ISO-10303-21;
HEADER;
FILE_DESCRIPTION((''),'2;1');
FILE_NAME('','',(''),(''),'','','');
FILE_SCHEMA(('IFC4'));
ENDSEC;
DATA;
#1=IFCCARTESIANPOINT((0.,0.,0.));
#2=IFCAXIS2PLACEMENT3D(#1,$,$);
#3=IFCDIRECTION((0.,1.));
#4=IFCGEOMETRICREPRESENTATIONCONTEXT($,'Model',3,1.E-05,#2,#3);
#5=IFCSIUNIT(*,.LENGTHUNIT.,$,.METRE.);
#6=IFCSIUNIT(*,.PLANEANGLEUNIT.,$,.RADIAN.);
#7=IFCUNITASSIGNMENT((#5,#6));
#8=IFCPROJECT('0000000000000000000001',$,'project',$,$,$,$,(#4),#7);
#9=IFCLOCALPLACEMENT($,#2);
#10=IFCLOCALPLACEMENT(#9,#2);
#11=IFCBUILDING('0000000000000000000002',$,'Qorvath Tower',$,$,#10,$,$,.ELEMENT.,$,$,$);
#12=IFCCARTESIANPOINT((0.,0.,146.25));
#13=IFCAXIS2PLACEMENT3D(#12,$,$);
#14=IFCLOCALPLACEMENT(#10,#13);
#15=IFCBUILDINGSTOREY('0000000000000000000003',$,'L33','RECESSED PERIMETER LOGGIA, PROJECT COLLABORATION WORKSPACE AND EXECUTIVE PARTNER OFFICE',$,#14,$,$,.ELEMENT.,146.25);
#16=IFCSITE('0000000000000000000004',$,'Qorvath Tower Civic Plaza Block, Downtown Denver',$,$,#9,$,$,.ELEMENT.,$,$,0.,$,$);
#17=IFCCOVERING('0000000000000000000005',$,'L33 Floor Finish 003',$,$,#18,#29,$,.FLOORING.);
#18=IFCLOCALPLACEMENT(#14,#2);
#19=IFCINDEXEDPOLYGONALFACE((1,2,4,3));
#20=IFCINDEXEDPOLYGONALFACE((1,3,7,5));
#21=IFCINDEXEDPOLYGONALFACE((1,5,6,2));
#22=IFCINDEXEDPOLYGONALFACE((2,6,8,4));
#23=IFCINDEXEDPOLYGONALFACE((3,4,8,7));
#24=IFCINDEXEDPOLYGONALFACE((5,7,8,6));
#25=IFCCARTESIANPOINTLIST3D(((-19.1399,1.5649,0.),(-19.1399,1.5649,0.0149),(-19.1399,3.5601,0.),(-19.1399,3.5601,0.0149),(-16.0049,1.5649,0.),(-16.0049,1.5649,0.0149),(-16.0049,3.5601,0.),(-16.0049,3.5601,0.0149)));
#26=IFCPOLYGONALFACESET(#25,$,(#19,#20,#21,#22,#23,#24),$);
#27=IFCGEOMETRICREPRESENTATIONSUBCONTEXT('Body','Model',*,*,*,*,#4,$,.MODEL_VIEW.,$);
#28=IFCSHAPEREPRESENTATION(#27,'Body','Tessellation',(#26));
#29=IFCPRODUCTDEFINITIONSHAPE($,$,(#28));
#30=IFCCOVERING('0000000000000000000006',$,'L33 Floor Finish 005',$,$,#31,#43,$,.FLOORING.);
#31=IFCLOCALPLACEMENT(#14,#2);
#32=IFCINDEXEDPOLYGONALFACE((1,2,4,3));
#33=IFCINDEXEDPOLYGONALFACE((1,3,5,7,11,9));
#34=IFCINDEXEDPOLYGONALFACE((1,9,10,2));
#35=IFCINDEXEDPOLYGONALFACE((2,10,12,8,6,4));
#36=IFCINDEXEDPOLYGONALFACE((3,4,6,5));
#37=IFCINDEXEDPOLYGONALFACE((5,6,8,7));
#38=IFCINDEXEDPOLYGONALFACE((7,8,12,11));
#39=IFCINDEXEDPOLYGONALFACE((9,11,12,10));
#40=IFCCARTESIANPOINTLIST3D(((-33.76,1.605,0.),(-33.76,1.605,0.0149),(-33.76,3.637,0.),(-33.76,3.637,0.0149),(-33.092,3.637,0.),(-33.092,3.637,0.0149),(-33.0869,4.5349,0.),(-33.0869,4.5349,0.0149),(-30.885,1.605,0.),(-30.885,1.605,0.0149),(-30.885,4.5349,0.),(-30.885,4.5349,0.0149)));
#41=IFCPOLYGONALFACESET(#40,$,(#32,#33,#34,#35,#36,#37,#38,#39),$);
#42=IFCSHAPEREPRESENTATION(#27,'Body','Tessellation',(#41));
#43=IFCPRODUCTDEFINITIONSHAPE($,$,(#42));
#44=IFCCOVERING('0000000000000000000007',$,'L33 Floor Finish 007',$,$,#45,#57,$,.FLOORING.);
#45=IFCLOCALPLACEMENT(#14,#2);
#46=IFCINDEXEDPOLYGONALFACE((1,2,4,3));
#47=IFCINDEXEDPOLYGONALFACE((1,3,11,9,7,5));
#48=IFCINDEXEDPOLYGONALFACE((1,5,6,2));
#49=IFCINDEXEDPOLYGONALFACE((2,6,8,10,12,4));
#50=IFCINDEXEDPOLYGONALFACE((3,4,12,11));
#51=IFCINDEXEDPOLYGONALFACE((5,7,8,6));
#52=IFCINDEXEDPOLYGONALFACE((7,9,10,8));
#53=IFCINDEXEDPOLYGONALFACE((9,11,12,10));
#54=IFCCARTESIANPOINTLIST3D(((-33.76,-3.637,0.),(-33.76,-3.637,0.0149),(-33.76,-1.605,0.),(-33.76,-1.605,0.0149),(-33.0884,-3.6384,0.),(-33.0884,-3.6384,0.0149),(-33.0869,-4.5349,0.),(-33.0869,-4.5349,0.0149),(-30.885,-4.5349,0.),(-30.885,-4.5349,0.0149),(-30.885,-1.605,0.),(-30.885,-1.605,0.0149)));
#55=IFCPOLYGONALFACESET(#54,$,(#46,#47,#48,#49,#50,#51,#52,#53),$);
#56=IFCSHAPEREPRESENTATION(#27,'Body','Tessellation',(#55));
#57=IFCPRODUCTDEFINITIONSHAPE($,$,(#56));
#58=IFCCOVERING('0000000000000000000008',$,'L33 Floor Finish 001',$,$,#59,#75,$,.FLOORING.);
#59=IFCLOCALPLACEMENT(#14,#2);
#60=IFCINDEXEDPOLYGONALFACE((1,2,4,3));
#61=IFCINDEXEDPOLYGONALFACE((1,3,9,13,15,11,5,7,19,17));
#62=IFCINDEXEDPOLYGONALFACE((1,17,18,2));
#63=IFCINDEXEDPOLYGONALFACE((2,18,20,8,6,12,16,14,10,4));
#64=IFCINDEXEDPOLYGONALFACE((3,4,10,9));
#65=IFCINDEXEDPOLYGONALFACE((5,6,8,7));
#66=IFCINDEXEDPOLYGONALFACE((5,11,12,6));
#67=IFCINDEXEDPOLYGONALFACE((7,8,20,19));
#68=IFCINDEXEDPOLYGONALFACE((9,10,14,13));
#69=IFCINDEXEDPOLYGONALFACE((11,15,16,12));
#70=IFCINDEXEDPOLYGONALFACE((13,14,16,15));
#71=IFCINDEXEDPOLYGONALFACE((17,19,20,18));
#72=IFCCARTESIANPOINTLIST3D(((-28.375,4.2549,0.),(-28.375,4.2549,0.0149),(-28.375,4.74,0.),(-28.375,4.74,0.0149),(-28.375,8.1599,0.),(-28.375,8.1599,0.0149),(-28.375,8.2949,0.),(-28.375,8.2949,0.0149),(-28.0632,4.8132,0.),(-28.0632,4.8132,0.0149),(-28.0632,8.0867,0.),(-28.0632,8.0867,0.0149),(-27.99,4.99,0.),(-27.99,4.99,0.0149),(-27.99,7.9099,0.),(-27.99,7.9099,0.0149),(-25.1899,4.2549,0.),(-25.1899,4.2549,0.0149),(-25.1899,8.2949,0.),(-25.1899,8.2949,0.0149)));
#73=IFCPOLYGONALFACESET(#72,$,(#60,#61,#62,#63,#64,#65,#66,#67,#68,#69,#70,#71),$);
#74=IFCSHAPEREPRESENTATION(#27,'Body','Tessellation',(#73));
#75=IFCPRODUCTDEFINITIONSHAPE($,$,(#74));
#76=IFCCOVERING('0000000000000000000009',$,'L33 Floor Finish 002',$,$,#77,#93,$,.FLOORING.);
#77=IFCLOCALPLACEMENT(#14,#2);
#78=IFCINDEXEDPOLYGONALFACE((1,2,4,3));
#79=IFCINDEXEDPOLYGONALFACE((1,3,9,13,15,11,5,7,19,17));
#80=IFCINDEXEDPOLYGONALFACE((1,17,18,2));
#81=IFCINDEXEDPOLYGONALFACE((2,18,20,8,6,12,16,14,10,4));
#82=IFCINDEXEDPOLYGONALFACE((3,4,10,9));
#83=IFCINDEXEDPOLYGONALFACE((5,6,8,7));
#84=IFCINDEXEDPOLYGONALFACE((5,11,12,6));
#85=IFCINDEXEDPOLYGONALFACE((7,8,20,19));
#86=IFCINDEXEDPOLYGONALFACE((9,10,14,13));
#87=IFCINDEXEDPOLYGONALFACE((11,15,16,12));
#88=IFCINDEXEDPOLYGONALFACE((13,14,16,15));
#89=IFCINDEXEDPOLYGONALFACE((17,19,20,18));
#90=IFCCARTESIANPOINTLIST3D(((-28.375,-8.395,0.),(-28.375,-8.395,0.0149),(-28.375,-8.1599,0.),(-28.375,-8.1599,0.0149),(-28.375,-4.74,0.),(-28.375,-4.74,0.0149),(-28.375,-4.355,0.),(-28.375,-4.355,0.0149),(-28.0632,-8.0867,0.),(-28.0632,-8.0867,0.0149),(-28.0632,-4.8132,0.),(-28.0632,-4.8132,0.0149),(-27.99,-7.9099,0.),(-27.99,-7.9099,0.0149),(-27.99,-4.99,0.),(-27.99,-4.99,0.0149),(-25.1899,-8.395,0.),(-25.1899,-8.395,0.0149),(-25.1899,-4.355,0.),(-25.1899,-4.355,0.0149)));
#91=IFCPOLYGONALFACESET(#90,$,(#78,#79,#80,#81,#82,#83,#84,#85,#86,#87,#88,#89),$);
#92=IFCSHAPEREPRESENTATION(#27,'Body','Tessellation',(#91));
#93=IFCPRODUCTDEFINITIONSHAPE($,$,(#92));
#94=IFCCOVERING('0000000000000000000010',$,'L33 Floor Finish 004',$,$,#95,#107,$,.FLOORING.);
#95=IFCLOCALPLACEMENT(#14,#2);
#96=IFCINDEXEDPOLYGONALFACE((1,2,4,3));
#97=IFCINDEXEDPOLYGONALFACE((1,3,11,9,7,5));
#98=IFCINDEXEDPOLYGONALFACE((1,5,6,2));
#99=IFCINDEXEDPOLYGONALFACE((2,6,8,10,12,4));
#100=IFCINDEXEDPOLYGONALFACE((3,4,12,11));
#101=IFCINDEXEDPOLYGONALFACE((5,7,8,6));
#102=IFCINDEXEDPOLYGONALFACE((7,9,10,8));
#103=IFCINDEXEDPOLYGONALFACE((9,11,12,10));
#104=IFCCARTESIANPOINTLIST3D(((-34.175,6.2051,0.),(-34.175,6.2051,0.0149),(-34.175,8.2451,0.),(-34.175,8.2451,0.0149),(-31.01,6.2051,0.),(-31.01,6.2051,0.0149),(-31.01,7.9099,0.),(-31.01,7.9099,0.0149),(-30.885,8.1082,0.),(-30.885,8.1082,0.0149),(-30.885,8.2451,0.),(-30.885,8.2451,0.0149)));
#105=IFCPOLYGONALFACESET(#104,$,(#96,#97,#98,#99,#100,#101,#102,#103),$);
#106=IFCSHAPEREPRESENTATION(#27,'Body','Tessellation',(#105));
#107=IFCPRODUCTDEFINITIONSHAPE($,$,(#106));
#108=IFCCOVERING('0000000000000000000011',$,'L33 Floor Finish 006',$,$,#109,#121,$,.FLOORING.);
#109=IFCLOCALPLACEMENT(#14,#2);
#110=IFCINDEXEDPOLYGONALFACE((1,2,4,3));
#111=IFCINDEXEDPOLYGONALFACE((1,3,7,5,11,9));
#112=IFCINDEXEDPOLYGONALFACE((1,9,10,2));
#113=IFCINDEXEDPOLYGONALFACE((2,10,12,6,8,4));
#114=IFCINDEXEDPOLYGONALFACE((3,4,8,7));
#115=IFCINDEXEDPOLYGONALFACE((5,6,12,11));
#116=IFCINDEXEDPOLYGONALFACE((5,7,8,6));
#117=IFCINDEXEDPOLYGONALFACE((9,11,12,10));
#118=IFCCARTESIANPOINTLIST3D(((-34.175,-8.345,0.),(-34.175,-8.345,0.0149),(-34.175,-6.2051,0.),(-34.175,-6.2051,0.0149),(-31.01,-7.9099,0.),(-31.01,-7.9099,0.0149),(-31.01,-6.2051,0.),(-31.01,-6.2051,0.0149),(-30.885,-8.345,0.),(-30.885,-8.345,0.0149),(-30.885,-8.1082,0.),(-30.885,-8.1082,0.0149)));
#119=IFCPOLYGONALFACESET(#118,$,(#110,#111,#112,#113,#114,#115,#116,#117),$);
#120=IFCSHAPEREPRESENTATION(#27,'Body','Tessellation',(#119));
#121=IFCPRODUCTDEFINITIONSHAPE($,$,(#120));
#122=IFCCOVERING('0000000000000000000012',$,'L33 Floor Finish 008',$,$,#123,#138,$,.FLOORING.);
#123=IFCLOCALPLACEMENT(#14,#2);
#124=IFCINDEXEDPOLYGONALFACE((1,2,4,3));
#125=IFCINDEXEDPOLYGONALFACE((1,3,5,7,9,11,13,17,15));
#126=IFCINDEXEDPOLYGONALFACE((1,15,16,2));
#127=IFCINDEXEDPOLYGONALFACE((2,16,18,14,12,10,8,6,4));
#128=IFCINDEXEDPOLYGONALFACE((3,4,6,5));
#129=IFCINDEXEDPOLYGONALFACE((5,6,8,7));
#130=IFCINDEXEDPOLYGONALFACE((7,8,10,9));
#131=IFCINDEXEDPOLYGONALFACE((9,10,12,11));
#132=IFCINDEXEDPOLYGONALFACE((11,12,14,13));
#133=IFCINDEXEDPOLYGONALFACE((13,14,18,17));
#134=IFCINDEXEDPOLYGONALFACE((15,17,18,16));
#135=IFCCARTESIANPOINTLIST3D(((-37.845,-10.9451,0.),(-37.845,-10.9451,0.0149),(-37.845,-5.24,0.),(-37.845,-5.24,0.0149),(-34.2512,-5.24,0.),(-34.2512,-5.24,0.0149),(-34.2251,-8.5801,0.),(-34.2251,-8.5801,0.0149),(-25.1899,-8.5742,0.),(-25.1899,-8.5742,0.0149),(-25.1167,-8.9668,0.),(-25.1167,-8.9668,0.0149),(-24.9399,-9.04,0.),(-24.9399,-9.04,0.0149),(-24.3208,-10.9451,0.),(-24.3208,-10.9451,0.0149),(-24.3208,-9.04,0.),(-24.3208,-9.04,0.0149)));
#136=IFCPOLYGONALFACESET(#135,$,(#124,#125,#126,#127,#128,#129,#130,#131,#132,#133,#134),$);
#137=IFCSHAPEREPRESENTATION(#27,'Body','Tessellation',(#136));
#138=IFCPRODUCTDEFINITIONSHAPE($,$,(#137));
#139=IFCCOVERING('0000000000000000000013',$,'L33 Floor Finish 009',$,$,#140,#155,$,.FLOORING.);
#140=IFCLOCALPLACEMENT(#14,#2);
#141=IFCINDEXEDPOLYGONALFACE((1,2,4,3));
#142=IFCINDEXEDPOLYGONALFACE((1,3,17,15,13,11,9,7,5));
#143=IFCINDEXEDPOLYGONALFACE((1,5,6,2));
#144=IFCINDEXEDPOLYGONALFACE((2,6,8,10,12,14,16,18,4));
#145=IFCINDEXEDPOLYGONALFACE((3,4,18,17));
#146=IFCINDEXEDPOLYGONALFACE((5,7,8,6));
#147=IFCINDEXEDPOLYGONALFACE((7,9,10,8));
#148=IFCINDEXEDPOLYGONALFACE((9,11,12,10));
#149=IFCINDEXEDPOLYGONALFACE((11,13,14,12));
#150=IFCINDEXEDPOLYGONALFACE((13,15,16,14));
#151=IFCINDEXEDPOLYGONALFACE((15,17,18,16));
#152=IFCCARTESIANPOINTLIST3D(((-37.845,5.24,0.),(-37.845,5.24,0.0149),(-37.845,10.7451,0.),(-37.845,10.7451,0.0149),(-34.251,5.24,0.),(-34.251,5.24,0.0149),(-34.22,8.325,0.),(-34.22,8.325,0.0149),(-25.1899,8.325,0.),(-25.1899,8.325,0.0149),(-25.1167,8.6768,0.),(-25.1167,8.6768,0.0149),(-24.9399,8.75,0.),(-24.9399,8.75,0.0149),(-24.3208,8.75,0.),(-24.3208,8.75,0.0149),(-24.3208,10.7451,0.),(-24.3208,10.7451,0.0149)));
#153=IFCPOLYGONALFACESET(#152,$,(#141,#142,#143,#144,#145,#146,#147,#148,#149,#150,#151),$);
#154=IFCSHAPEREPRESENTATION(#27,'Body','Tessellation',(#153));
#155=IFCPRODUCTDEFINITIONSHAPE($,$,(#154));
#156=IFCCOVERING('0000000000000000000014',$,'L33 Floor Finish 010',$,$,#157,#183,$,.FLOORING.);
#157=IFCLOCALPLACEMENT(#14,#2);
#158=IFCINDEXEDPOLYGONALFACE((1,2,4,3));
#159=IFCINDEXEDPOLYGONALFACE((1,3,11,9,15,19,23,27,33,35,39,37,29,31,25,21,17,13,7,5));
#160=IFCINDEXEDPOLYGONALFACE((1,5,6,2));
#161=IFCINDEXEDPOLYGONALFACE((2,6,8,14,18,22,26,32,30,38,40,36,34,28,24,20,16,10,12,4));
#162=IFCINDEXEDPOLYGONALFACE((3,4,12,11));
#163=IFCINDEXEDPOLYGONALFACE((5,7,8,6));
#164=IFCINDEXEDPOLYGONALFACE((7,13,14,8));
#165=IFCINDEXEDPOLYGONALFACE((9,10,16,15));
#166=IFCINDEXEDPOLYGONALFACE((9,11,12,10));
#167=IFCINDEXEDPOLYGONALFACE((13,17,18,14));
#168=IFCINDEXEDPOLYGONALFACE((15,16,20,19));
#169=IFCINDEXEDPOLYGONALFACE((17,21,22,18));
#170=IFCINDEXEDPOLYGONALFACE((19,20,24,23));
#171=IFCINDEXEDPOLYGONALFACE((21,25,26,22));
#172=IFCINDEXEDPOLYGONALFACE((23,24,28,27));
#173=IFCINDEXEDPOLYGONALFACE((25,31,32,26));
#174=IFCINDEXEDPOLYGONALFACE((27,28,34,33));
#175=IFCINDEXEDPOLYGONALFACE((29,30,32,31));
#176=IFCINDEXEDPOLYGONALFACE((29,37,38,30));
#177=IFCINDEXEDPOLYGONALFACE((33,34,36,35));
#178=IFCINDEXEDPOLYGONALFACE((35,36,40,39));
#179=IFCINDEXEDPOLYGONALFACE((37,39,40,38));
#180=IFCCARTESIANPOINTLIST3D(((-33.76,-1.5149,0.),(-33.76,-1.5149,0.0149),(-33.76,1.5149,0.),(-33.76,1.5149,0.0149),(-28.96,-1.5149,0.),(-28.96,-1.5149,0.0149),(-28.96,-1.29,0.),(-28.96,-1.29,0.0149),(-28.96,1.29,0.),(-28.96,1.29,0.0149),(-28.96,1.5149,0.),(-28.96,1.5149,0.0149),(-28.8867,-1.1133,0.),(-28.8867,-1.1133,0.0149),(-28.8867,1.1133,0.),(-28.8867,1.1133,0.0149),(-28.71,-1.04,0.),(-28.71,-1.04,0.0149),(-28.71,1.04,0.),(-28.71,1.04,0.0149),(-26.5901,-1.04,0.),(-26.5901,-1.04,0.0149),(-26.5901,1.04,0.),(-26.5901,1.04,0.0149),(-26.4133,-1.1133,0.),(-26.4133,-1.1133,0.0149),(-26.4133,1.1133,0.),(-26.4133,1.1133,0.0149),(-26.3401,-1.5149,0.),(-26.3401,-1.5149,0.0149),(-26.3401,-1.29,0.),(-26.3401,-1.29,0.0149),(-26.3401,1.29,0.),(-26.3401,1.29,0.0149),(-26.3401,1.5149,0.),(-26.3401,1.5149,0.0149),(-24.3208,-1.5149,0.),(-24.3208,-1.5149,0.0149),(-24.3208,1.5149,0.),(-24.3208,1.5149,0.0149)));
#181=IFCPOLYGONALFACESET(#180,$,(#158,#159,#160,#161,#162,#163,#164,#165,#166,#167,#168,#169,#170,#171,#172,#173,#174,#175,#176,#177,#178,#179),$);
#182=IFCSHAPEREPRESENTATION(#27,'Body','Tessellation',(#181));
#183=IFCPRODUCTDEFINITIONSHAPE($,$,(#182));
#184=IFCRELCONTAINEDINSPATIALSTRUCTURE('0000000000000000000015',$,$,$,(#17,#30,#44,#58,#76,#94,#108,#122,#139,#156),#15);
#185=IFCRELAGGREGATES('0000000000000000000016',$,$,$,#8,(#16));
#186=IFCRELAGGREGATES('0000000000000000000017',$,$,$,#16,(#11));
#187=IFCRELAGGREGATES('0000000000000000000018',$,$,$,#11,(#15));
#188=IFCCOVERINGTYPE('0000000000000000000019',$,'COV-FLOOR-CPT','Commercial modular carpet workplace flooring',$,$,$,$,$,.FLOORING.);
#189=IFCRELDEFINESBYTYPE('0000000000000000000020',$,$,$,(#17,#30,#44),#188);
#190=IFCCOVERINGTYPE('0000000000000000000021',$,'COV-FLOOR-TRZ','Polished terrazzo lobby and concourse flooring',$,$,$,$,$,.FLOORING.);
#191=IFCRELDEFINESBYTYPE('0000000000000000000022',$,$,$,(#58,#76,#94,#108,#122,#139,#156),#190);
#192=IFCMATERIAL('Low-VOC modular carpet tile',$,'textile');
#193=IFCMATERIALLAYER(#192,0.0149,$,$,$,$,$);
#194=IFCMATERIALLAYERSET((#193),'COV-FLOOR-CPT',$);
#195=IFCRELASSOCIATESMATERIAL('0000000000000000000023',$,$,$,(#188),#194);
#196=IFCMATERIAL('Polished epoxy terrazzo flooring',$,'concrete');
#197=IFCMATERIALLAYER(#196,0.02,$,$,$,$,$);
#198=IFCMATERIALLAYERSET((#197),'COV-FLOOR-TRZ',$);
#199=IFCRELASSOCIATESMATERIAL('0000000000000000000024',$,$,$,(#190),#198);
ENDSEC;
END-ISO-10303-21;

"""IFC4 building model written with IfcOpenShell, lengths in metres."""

from ifc_helpers import new_model, si_unit, direction, frame, origin, place, context, subcontext, project, spatial, polyline, outline, extrude, material, layer, layer_set, type_object, element, save


model = new_model("IFC4")

# Units and contexts
model_context = context("Model", 3, precision=1e-05, world=origin(), true_north=direction((0.0, 1.0)))
body_context = subcontext(model_context, "Body", "Model", "MODEL_VIEW")
ifc_project = project(units=[si_unit("LENGTHUNIT", "METRE"), si_unit("PLANEANGLEUNIT", "RADIAN")], contexts=[model_context])

# Site, building, storey
site_placement = place(None, origin())
site = spatial("IfcSite", under=ifc_project, at=site_placement, Name="Qorvath Tower Civic Plaza Block, Downtown Denver", CompositionType="ELEMENT", RefElevation=0.0)
building_placement = place(site_placement, origin())
building = spatial("IfcBuilding", under=site, at=building_placement, Name="Qorvath Tower", CompositionType="ELEMENT")
storey_placement = place(building_placement, frame((0.0, 0.0, 146.25)))
storey = spatial("IfcBuildingStorey", under=building, at=storey_placement, Name="L33", Description="RECESSED PERIMETER LOGGIA, PROJECT COLLABORATION WORKSPACE AND EXECUTIVE PARTNER OFFICE", CompositionType="ELEMENT", Elevation=146.25)

# Coverings
ifc_material_1 = material(Name="Low-VOC modular carpet tile", Category="textile")
ifc_layer_1 = layer(ifc_material_1, 0.0149)
ifc_layer_set_1 = layer_set([ifc_layer_1], Name="COV-FLOOR-CPT")
covering_type_1 = type_object("IfcCoveringType", Name="COV-FLOOR-CPT", Description="Commercial modular carpet workplace flooring", PredefinedType="FLOORING", material=ifc_layer_set_1)
covering_1_placement = place(storey_placement, origin())
element("IfcCovering", 1, at=covering_1_placement, inside=storey, type_object=covering_type_1, Name="L33 Floor Finish 003", PredefinedType="FLOORING", context=body_context, shape_type="SweptSolid", body=[
    extrude(outline(polyline([(-16.0049, 3.5601), (-19.1399, 3.5601), (-19.1399, 1.5649), (-16.0049, 1.5649), (-16.0049, 3.5601)])), origin(), (0.0, 0.0, 1.0), 0.0149),
])
covering_2_placement = place(storey_placement, origin())
element("IfcCovering", 2, at=covering_2_placement, inside=storey, type_object=covering_type_1, Name="L33 Floor Finish 005", PredefinedType="FLOORING", context=body_context, shape_type="SweptSolid", body=[
    extrude(outline(polyline([(-33.76, 3.637), (-33.76, 1.605), (-30.885, 1.605), (-30.885, 4.5349), (-33.0869, 4.5349), (-33.092, 3.637), (-33.76, 3.637)])), origin(), (0.0, 0.0, 1.0), 0.0149),
])
covering_3_placement = place(storey_placement, origin())
element("IfcCovering", 3, at=covering_3_placement, inside=storey, type_object=covering_type_1, Name="L33 Floor Finish 007", PredefinedType="FLOORING", context=body_context, shape_type="SweptSolid", body=[
    extrude(outline(polyline([(-30.885, -4.5349), (-30.885, -1.605), (-33.76, -1.605), (-33.76, -3.637), (-33.0884, -3.6384), (-33.0869, -4.5349), (-30.885, -4.5349)])), origin(), (0.0, 0.0, 1.0), 0.0149),
])
ifc_material_2 = material(Name="Polished epoxy terrazzo flooring", Category="concrete")
ifc_layer_2 = layer(ifc_material_2, 0.02)
ifc_layer_set_2 = layer_set([ifc_layer_2], Name="COV-FLOOR-TRZ")
covering_type_2 = type_object("IfcCoveringType", Name="COV-FLOOR-TRZ", Description="Polished terrazzo lobby and concourse flooring", PredefinedType="FLOORING", material=ifc_layer_set_2)
covering_4_placement = place(storey_placement, origin())
element("IfcCovering", 4, at=covering_4_placement, inside=storey, type_object=covering_type_2, Name="L33 Floor Finish 001", PredefinedType="FLOORING", context=body_context, shape_type="SweptSolid", body=[
    extrude(outline(polyline([(-25.1899, 4.2549), (-25.1899, 8.2949), (-28.375, 8.2949), (-28.375, 8.1599), (-28.0632, 8.0867), (-27.99, 7.9099), (-27.99, 4.99), (-28.0632, 4.8132), (-28.375, 4.74), (-28.375, 4.2549), (-25.1899, 4.2549)])), origin(), (0.0, 0.0, 1.0), 0.0149),
])
covering_5_placement = place(storey_placement, origin())
element("IfcCovering", 5, at=covering_5_placement, inside=storey, type_object=covering_type_2, Name="L33 Floor Finish 002", PredefinedType="FLOORING", context=body_context, shape_type="SweptSolid", body=[
    extrude(outline(polyline([(-25.1899, -8.395), (-25.1899, -4.355), (-28.375, -4.355), (-28.375, -4.74), (-28.0632, -4.8132), (-27.99, -4.99), (-27.99, -7.9099), (-28.0632, -8.0867), (-28.375, -8.1599), (-28.375, -8.395), (-25.1899, -8.395)])), origin(), (0.0, 0.0, 1.0), 0.0149),
])
covering_6_placement = place(storey_placement, origin())
element("IfcCovering", 6, at=covering_6_placement, inside=storey, type_object=covering_type_2, Name="L33 Floor Finish 004", PredefinedType="FLOORING", context=body_context, shape_type="SweptSolid", body=[
    extrude(outline(polyline([(-31.01, 6.2051), (-31.01, 7.9099), (-30.885, 8.1082), (-30.885, 8.2451), (-34.175, 8.2451), (-34.175, 6.2051), (-31.01, 6.2051)])), origin(), (0.0, 0.0, 1.0), 0.0149),
])
covering_7_placement = place(storey_placement, origin())
element("IfcCovering", 7, at=covering_7_placement, inside=storey, type_object=covering_type_2, Name="L33 Floor Finish 006", PredefinedType="FLOORING", context=body_context, shape_type="SweptSolid", body=[
    extrude(outline(polyline([(-30.885, -8.345), (-30.885, -8.1082), (-31.01, -7.9099), (-31.01, -6.2051), (-34.175, -6.2051), (-34.175, -8.345), (-30.885, -8.345)])), origin(), (0.0, 0.0, 1.0), 0.0149),
])
covering_8_placement = place(storey_placement, origin())
element("IfcCovering", 8, at=covering_8_placement, inside=storey, type_object=covering_type_2, Name="L33 Floor Finish 008", PredefinedType="FLOORING", context=body_context, shape_type="SweptSolid", body=[
    extrude(outline(polyline([(-34.2251, -8.5801), (-34.2512, -5.24), (-37.845, -5.24), (-37.845, -10.9451), (-24.3208, -10.9451), (-24.3208, -9.04), (-24.9399, -9.04), (-25.1167, -8.9668), (-25.1899, -8.5742), (-34.2251, -8.5801)])), origin(), (0.0, 0.0, 1.0), 0.0149),
])
covering_9_placement = place(storey_placement, origin())
element("IfcCovering", 9, at=covering_9_placement, inside=storey, type_object=covering_type_2, Name="L33 Floor Finish 009", PredefinedType="FLOORING", context=body_context, shape_type="SweptSolid", body=[
    extrude(outline(polyline([(-24.3208, 8.75), (-24.3208, 10.7451), (-37.845, 10.7451), (-37.845, 5.24), (-34.251, 5.24), (-34.22, 8.325), (-25.1899, 8.325), (-25.1167, 8.6768), (-24.9399, 8.75), (-24.3208, 8.75)])), origin(), (0.0, 0.0, 1.0), 0.0149),
])
covering_10_placement = place(storey_placement, origin())
element("IfcCovering", 10, at=covering_10_placement, inside=storey, type_object=covering_type_2, Name="L33 Floor Finish 010", PredefinedType="FLOORING", context=body_context, shape_type="SweptSolid", body=[
    extrude(outline(polyline([(-24.3208, -1.5149), (-24.3208, 1.5149), (-26.3401, 1.5149), (-26.3401, 1.29), (-26.4133, 1.1133), (-26.5901, 1.04), (-28.71, 1.04), (-28.8867, 1.1133), (-28.96, 1.29), (-28.96, 1.5149), (-33.76, 1.5149), (-33.76, -1.5149), (-28.96, -1.5149), (-28.96, -1.29), (-28.8867, -1.1133), (-28.71, -1.04), (-26.5901, -1.04), (-26.4133, -1.1133), (-26.3401, -1.29), (-26.3401, -1.5149), (-24.3208, -1.5149)])), origin(), (0.0, 0.0, 1.0), 0.0149),
])

save(model, "model.ifc")
